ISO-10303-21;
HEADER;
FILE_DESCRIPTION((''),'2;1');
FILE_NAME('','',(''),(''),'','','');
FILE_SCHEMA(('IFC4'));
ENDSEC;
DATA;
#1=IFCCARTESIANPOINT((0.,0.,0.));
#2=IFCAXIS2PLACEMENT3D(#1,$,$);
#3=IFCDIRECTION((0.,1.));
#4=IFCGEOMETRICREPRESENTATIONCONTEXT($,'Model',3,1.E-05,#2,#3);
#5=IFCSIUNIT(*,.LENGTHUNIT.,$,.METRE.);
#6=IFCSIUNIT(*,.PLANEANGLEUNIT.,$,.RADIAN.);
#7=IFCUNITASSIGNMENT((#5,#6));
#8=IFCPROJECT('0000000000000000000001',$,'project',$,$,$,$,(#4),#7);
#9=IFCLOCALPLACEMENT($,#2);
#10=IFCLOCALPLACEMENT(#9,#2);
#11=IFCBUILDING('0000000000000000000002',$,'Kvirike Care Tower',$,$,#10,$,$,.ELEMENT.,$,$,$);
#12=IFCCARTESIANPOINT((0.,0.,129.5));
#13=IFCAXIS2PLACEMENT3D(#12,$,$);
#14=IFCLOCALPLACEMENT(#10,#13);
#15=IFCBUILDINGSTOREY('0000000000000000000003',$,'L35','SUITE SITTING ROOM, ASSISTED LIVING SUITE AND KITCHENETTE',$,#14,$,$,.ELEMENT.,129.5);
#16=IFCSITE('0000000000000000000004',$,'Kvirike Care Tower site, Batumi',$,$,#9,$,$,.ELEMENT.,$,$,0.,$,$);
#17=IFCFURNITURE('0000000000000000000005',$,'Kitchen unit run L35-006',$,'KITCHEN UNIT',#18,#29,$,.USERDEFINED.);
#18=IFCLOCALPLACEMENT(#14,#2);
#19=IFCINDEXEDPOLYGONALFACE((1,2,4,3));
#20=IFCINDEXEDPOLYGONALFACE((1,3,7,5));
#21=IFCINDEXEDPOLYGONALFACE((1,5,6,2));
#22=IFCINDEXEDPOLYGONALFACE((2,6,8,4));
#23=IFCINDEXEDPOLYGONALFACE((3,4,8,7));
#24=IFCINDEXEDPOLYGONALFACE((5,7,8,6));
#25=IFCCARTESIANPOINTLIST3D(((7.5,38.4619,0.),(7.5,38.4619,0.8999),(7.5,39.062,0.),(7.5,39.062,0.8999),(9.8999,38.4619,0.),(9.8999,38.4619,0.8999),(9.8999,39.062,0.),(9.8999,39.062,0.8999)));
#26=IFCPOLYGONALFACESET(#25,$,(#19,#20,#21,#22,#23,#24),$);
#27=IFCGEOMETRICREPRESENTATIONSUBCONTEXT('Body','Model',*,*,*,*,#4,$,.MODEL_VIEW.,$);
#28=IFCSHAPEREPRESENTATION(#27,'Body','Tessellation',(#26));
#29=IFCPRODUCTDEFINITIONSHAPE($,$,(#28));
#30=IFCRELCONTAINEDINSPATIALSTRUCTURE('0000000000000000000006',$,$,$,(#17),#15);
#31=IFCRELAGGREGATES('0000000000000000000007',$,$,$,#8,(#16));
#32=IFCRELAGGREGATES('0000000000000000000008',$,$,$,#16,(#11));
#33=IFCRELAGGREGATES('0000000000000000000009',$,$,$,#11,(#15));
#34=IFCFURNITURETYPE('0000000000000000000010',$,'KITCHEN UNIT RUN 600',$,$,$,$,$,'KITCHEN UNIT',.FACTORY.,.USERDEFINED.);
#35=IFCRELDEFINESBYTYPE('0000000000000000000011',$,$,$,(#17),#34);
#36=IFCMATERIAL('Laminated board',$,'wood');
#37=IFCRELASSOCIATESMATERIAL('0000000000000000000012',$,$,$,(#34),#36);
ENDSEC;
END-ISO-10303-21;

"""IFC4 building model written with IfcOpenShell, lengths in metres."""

from ifc_helpers import new_model, si_unit, direction, frame, origin, origin_2d, place, context, subcontext, project, spatial, rectangle, extrude, material, type_object, element, save


model = new_model("IFC4")

# Units and contexts
model_context = context("Model", 3, precision=1e-05, world=origin(), true_north=direction((0.0, 1.0)))
body_context = subcontext(model_context, "Body", "Model", "MODEL_VIEW")
ifc_project = project(units=[si_unit("LENGTHUNIT", "METRE"), si_unit("PLANEANGLEUNIT", "RADIAN")], contexts=[model_context])

# Site, building, storey
site_placement = place(None, origin())
site = spatial("IfcSite", under=ifc_project, at=site_placement, Name="Kvirike Care Tower site, Batumi", CompositionType="ELEMENT", RefElevation=0.0)
building_placement = place(site_placement, origin())
building = spatial("IfcBuilding", under=site, at=building_placement, Name="Kvirike Care Tower", CompositionType="ELEMENT")
storey_placement = place(building_placement, frame((0.0, 0.0, 129.5)))
storey = spatial("IfcBuildingStorey", under=building, at=storey_placement, Name="L35", Description="SUITE SITTING ROOM, ASSISTED LIVING SUITE AND KITCHENETTE", CompositionType="ELEMENT", Elevation=129.5)

# Furniture
ifc_material_1 = material(Name="Laminated board", Category="wood")
furniture_type = type_object("IfcFurnitureType", Name="KITCHEN UNIT RUN 600", ElementType="KITCHEN UNIT", AssemblyPlace="FACTORY", PredefinedType="USERDEFINED", material=ifc_material_1)
furniture_placement = place(storey_placement, frame((8.7, 38.762, 0.0), z_axis=(0.0, 0.0, 1.0), x_axis=(-1.0, 0.0, 0.0)))
element("IfcFurniture", 1, at=furniture_placement, inside=storey, type_object=furniture_type, Name="Kitchen unit run L35-006", ObjectType="KITCHEN UNIT", PredefinedType="USERDEFINED", context=body_context, shape_type="SweptSolid", body=[
    extrude(rectangle(XDim=2.3999, YDim=0.6001, at=origin_2d()), origin(), (0.0, 0.0, 1.0), 0.8999),
])

save(model, "model.ifc")
